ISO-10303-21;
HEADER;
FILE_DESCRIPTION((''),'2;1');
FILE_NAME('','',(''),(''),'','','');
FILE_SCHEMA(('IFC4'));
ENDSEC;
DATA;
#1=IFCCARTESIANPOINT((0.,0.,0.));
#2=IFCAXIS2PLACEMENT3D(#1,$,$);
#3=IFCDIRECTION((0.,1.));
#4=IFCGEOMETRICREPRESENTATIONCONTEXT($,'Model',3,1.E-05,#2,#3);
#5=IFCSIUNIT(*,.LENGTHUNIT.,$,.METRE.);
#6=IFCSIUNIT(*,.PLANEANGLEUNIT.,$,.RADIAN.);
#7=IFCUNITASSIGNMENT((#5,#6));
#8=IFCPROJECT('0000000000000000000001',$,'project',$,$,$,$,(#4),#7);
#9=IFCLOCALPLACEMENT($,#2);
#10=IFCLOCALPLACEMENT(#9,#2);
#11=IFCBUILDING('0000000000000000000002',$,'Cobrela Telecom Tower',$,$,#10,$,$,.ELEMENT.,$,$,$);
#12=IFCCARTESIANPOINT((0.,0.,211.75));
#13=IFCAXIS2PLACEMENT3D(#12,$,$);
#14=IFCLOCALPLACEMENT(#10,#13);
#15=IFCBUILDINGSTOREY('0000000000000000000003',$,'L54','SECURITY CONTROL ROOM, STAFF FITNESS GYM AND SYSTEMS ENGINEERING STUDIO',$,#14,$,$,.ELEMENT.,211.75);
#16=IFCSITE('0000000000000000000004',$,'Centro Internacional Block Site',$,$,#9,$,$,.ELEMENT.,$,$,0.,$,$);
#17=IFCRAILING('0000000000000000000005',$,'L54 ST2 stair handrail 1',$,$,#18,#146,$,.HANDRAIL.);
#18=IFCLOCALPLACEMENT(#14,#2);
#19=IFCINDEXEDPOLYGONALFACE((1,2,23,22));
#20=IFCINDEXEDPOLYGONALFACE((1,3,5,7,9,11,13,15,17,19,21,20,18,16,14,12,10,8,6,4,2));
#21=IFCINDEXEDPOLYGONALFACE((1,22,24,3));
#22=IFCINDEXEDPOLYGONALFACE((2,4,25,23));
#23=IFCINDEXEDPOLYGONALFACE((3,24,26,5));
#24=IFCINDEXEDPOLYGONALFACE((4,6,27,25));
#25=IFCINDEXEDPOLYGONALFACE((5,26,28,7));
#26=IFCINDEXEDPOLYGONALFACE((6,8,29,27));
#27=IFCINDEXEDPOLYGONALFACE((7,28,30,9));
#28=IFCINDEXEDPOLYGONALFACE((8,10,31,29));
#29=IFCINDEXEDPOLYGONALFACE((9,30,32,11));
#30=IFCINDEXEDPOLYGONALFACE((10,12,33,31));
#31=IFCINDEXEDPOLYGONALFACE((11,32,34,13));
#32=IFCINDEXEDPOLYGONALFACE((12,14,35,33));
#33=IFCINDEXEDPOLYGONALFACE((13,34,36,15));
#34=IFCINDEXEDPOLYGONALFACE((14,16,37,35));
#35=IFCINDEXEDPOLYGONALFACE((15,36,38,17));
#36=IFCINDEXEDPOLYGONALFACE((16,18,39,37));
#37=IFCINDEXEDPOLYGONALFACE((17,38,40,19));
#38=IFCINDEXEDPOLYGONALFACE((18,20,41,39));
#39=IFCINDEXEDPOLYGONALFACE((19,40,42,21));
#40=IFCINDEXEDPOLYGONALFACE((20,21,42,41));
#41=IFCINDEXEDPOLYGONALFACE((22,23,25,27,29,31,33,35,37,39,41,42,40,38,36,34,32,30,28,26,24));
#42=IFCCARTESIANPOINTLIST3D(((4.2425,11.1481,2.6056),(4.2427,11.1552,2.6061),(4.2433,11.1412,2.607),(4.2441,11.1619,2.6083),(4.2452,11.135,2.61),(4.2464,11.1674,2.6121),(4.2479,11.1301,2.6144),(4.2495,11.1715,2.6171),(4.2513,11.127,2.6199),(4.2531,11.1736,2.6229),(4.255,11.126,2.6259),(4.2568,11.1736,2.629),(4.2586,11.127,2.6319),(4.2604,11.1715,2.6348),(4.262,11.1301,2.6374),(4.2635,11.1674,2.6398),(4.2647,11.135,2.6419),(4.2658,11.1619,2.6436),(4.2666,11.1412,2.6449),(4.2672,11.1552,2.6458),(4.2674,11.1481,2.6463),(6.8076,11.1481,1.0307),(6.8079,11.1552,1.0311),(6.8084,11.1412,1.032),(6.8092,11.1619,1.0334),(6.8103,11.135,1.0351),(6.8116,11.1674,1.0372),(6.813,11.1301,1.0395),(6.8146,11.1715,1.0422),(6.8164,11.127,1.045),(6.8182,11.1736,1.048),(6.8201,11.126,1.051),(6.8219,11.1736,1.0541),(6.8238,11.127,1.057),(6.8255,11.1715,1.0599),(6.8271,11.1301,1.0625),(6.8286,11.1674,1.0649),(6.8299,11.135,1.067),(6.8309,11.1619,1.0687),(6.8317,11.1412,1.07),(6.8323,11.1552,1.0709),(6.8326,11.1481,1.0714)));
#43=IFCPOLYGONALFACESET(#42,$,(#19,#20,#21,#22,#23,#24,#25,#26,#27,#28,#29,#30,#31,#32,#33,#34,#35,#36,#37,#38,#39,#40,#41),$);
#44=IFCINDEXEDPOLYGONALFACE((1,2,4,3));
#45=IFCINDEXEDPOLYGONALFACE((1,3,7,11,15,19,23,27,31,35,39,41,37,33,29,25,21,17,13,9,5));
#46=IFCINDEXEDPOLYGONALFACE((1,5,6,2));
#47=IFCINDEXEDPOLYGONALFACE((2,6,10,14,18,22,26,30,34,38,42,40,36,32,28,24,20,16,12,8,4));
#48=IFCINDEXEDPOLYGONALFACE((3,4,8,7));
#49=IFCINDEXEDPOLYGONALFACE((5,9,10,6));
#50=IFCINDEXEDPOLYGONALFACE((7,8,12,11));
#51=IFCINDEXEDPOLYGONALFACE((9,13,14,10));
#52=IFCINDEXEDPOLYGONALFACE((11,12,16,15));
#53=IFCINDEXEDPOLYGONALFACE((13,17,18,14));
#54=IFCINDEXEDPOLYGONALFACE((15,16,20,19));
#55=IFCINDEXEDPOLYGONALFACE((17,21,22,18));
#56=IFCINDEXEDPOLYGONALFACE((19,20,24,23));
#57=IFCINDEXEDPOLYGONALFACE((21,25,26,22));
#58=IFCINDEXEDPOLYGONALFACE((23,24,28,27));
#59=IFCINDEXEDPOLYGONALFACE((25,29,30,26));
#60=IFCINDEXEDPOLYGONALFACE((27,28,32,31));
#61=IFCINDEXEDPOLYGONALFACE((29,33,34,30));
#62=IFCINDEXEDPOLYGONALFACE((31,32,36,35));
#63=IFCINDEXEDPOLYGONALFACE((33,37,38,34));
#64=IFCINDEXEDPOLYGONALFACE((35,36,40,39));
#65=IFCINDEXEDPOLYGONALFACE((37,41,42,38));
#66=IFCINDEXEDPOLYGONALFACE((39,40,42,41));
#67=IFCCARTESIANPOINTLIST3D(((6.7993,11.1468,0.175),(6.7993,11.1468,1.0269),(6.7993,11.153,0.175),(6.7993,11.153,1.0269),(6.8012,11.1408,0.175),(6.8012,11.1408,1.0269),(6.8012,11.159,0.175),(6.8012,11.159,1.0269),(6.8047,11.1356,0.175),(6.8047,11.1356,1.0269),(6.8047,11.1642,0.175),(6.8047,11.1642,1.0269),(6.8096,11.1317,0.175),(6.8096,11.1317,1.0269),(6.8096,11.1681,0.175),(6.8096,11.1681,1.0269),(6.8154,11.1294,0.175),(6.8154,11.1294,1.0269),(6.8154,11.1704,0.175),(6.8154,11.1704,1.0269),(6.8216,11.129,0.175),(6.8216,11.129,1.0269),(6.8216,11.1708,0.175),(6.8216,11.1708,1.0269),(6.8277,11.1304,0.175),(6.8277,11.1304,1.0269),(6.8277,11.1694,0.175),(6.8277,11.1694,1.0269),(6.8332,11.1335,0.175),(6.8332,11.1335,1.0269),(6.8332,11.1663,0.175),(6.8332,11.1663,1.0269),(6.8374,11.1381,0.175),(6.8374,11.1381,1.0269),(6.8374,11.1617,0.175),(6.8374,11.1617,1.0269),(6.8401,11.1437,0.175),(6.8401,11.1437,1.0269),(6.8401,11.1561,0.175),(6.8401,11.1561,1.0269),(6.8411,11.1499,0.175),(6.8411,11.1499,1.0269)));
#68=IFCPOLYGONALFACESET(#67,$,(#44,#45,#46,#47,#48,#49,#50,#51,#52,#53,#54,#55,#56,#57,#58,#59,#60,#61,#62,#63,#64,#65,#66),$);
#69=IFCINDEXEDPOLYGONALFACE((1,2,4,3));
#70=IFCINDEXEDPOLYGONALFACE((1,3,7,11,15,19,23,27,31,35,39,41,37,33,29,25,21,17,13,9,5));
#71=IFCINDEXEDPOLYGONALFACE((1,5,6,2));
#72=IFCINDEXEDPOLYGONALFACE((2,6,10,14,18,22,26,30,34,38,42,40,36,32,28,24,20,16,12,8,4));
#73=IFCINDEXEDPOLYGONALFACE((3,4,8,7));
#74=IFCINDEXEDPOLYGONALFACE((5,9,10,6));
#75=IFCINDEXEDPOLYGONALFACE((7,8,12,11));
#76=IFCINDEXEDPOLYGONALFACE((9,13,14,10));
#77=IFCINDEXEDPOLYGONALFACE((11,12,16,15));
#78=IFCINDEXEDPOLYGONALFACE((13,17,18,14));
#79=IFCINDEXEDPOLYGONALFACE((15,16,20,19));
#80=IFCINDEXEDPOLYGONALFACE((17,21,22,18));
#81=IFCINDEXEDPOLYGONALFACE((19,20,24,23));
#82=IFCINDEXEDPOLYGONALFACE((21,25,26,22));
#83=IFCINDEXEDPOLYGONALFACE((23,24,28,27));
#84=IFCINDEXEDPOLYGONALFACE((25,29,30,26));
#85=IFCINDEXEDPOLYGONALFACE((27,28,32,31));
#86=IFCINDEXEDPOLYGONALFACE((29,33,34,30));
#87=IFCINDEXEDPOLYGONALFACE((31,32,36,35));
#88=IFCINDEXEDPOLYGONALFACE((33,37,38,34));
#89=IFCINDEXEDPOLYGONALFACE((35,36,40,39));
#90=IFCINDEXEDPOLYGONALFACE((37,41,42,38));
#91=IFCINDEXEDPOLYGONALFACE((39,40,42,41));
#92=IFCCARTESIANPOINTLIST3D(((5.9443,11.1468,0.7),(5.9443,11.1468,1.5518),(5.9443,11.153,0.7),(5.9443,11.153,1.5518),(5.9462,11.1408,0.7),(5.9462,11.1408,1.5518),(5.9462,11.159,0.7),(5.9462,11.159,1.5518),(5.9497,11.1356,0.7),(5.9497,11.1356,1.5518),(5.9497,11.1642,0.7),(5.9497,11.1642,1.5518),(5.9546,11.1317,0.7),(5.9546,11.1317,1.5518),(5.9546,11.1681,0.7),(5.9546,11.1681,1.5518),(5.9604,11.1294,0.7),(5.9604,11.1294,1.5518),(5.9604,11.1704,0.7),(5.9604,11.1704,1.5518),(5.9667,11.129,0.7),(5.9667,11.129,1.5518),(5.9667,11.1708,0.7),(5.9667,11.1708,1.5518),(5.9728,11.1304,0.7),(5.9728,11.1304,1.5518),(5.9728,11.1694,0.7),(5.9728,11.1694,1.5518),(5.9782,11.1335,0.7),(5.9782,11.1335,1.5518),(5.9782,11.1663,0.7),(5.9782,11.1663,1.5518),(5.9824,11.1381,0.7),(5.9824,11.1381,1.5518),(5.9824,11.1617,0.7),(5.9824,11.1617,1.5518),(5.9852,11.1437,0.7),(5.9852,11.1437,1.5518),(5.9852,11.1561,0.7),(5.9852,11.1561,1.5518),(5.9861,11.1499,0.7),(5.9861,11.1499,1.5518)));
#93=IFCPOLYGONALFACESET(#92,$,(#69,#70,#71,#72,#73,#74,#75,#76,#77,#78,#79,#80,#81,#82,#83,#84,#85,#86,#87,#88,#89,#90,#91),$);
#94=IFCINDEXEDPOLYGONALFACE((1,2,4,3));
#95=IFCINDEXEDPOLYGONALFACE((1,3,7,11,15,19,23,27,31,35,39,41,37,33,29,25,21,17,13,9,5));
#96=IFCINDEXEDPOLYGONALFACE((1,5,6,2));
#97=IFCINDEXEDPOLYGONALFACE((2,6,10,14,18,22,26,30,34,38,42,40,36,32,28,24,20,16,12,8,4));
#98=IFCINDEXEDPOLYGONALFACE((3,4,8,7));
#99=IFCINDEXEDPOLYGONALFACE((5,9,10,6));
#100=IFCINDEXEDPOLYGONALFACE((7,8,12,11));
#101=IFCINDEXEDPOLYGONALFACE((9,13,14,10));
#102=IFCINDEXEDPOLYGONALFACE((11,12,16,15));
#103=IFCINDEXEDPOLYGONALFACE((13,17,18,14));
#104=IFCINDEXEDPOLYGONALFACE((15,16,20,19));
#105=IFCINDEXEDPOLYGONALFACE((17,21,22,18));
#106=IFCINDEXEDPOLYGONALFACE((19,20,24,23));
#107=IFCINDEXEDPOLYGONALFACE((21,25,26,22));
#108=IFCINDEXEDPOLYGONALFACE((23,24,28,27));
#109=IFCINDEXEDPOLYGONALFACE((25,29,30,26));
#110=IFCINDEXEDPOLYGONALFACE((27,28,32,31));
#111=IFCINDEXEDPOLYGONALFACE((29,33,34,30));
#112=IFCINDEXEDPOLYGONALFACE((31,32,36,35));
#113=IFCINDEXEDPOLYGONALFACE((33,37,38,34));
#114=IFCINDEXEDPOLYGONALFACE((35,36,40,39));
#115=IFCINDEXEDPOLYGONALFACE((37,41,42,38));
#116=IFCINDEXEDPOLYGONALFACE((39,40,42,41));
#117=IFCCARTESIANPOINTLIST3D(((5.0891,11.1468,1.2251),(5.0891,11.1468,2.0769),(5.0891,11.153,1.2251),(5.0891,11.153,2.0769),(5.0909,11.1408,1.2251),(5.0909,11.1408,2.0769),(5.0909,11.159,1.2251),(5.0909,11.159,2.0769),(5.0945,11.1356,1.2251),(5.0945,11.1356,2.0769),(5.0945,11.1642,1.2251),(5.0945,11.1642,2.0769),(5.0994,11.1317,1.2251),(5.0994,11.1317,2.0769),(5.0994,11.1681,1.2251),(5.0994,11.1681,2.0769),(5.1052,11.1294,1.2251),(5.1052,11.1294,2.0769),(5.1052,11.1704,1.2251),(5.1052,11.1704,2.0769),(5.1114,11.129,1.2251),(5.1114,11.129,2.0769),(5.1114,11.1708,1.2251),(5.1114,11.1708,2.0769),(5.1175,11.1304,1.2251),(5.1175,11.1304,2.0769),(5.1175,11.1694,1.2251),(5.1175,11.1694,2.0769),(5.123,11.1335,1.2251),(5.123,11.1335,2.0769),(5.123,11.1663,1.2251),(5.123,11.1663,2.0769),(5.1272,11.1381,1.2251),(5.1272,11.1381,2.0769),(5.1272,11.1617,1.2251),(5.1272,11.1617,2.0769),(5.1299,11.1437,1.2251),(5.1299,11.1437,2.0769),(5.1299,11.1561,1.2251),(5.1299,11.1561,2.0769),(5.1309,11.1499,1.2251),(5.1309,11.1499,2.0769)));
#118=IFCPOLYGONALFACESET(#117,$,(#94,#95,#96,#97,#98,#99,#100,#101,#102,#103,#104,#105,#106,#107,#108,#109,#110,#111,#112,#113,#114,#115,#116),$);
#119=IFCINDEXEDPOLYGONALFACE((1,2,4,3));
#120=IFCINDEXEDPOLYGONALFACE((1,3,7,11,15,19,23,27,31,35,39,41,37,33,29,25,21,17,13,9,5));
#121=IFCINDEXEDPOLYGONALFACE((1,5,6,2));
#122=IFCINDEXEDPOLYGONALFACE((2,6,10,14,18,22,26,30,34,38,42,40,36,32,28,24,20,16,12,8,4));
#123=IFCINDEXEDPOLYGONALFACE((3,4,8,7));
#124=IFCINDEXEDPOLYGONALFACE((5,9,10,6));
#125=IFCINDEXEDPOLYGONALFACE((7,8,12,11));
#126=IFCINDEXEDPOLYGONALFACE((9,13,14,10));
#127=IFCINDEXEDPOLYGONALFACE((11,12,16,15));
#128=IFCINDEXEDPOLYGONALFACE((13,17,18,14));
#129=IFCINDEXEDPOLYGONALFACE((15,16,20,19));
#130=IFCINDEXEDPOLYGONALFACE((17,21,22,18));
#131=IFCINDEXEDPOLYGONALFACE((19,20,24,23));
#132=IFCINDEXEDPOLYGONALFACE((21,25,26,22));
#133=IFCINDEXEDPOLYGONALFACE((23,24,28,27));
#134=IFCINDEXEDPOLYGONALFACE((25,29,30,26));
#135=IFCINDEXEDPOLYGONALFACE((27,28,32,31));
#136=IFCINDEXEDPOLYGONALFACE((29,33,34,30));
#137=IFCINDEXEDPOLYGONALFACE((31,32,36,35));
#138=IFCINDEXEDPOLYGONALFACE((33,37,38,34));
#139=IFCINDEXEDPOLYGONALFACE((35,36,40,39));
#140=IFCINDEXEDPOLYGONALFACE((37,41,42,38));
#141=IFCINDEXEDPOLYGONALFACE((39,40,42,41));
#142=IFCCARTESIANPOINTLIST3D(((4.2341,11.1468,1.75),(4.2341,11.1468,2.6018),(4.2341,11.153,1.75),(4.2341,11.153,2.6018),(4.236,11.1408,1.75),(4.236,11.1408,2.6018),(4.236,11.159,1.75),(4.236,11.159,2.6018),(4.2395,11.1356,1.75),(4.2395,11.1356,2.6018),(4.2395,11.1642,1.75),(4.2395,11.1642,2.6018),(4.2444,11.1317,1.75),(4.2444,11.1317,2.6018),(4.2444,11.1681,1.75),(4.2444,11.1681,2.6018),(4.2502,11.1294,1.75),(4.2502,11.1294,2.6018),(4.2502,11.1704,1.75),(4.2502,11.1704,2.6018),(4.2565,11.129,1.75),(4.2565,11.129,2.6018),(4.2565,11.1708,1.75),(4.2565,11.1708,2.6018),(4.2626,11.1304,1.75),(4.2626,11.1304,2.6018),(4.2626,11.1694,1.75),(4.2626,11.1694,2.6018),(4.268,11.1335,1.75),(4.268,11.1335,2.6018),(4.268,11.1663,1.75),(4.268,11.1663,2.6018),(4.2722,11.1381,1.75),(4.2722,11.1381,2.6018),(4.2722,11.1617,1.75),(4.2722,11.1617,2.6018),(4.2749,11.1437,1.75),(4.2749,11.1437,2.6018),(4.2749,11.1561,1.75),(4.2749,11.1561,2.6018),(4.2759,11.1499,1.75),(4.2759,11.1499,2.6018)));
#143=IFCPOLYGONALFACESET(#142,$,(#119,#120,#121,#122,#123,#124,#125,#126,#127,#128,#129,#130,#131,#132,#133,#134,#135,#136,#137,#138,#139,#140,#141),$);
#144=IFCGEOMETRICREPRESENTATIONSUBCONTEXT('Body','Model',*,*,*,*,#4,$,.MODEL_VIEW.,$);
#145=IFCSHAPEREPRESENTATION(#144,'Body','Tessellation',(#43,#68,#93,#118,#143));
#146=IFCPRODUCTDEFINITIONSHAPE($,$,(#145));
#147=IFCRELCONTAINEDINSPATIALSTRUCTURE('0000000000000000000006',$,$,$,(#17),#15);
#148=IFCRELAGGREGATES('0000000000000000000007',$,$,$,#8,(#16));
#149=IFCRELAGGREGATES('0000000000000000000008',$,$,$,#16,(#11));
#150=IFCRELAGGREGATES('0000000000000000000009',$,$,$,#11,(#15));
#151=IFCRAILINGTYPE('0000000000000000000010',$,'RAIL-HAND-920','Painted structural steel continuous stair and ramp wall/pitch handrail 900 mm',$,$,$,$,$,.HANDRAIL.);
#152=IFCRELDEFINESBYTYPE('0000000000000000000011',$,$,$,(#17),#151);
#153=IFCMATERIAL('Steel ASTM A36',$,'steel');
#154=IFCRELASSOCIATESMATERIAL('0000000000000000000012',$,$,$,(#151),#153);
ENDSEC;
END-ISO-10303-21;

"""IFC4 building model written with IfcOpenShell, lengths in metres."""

from ifc_helpers import new_model, si_unit, direction, frame, origin, origin_2d, place, context, subcontext, project, spatial, circle, extrude, material, type_object, element, save


model = new_model("IFC4")

# Units and contexts
model_context = context("Model", 3, precision=1e-05, world=origin(), true_north=direction((0.0, 1.0)))
body_context = subcontext(model_context, "Body", "Model", "MODEL_VIEW")
ifc_project = project(units=[si_unit("LENGTHUNIT", "METRE"), si_unit("PLANEANGLEUNIT", "RADIAN")], contexts=[model_context])

# Site, building, storey
site_placement = place(None, origin())
site = spatial("IfcSite", under=ifc_project, at=site_placement, Name="Centro Internacional Block Site", CompositionType="ELEMENT", RefElevation=0.0)
building_placement = place(site_placement, origin())
building = spatial("IfcBuilding", under=site, at=building_placement, Name="Cobrela Telecom Tower", CompositionType="ELEMENT")
storey_placement = place(building_placement, frame((0.0, 0.0, 211.75)))
storey = spatial("IfcBuildingStorey", under=building, at=storey_placement, Name="L54", Description="SECURITY CONTROL ROOM, STAFF FITNESS GYM AND SYSTEMS ENGINEERING STUDIO", CompositionType="ELEMENT", Elevation=211.75)

# Railing
ifc_material_1 = material(Name="Steel ASTM A36", Category="steel")
railing_type_1 = type_object("IfcRailingType", Name="RAIL-HAND-920", Description="Painted structural steel continuous stair and ramp wall/pitch handrail 900 mm", PredefinedType="HANDRAIL", material=ifc_material_1)
railing_1_placement = place(storey_placement, frame((6.8201, 11.1499, 0.175)))
element("IfcRailing", 1, at=railing_1_placement, inside=storey, type_object=railing_type_1, Name="L54 ST2 stair handrail 1", PredefinedType="HANDRAIL", context=body_context, shape_type="SweptSolid", body=[
    extrude(circle(Radius=0.0239, at=origin_2d()), frame((0.0, 0.0, 0.876), z_axis=(-0.852195, 0.0, 0.523224), x_axis=(0.0, -1.0, 0.0)), (0.0, 0.0, 1.0), 3.01),
    extrude(circle(Radius=0.021, at=origin_2d()), origin(), (0.0, 0.0, 1.0), 0.8518),
    extrude(circle(Radius=0.021, at=origin_2d()), frame((-0.855, 0.0, 0.5249)), (0.0, 0.0, 1.0), 0.8518),
    extrude(circle(Radius=0.021, at=origin_2d()), frame((-1.7102, 0.0, 1.05)), (0.0, 0.0, 1.0), 0.8518),
    extrude(circle(Radius=0.021, at=origin_2d()), frame((-2.5652, 0.0, 1.575)), (0.0, 0.0, 1.0), 0.8518),
])

save(model, "model.ifc")
